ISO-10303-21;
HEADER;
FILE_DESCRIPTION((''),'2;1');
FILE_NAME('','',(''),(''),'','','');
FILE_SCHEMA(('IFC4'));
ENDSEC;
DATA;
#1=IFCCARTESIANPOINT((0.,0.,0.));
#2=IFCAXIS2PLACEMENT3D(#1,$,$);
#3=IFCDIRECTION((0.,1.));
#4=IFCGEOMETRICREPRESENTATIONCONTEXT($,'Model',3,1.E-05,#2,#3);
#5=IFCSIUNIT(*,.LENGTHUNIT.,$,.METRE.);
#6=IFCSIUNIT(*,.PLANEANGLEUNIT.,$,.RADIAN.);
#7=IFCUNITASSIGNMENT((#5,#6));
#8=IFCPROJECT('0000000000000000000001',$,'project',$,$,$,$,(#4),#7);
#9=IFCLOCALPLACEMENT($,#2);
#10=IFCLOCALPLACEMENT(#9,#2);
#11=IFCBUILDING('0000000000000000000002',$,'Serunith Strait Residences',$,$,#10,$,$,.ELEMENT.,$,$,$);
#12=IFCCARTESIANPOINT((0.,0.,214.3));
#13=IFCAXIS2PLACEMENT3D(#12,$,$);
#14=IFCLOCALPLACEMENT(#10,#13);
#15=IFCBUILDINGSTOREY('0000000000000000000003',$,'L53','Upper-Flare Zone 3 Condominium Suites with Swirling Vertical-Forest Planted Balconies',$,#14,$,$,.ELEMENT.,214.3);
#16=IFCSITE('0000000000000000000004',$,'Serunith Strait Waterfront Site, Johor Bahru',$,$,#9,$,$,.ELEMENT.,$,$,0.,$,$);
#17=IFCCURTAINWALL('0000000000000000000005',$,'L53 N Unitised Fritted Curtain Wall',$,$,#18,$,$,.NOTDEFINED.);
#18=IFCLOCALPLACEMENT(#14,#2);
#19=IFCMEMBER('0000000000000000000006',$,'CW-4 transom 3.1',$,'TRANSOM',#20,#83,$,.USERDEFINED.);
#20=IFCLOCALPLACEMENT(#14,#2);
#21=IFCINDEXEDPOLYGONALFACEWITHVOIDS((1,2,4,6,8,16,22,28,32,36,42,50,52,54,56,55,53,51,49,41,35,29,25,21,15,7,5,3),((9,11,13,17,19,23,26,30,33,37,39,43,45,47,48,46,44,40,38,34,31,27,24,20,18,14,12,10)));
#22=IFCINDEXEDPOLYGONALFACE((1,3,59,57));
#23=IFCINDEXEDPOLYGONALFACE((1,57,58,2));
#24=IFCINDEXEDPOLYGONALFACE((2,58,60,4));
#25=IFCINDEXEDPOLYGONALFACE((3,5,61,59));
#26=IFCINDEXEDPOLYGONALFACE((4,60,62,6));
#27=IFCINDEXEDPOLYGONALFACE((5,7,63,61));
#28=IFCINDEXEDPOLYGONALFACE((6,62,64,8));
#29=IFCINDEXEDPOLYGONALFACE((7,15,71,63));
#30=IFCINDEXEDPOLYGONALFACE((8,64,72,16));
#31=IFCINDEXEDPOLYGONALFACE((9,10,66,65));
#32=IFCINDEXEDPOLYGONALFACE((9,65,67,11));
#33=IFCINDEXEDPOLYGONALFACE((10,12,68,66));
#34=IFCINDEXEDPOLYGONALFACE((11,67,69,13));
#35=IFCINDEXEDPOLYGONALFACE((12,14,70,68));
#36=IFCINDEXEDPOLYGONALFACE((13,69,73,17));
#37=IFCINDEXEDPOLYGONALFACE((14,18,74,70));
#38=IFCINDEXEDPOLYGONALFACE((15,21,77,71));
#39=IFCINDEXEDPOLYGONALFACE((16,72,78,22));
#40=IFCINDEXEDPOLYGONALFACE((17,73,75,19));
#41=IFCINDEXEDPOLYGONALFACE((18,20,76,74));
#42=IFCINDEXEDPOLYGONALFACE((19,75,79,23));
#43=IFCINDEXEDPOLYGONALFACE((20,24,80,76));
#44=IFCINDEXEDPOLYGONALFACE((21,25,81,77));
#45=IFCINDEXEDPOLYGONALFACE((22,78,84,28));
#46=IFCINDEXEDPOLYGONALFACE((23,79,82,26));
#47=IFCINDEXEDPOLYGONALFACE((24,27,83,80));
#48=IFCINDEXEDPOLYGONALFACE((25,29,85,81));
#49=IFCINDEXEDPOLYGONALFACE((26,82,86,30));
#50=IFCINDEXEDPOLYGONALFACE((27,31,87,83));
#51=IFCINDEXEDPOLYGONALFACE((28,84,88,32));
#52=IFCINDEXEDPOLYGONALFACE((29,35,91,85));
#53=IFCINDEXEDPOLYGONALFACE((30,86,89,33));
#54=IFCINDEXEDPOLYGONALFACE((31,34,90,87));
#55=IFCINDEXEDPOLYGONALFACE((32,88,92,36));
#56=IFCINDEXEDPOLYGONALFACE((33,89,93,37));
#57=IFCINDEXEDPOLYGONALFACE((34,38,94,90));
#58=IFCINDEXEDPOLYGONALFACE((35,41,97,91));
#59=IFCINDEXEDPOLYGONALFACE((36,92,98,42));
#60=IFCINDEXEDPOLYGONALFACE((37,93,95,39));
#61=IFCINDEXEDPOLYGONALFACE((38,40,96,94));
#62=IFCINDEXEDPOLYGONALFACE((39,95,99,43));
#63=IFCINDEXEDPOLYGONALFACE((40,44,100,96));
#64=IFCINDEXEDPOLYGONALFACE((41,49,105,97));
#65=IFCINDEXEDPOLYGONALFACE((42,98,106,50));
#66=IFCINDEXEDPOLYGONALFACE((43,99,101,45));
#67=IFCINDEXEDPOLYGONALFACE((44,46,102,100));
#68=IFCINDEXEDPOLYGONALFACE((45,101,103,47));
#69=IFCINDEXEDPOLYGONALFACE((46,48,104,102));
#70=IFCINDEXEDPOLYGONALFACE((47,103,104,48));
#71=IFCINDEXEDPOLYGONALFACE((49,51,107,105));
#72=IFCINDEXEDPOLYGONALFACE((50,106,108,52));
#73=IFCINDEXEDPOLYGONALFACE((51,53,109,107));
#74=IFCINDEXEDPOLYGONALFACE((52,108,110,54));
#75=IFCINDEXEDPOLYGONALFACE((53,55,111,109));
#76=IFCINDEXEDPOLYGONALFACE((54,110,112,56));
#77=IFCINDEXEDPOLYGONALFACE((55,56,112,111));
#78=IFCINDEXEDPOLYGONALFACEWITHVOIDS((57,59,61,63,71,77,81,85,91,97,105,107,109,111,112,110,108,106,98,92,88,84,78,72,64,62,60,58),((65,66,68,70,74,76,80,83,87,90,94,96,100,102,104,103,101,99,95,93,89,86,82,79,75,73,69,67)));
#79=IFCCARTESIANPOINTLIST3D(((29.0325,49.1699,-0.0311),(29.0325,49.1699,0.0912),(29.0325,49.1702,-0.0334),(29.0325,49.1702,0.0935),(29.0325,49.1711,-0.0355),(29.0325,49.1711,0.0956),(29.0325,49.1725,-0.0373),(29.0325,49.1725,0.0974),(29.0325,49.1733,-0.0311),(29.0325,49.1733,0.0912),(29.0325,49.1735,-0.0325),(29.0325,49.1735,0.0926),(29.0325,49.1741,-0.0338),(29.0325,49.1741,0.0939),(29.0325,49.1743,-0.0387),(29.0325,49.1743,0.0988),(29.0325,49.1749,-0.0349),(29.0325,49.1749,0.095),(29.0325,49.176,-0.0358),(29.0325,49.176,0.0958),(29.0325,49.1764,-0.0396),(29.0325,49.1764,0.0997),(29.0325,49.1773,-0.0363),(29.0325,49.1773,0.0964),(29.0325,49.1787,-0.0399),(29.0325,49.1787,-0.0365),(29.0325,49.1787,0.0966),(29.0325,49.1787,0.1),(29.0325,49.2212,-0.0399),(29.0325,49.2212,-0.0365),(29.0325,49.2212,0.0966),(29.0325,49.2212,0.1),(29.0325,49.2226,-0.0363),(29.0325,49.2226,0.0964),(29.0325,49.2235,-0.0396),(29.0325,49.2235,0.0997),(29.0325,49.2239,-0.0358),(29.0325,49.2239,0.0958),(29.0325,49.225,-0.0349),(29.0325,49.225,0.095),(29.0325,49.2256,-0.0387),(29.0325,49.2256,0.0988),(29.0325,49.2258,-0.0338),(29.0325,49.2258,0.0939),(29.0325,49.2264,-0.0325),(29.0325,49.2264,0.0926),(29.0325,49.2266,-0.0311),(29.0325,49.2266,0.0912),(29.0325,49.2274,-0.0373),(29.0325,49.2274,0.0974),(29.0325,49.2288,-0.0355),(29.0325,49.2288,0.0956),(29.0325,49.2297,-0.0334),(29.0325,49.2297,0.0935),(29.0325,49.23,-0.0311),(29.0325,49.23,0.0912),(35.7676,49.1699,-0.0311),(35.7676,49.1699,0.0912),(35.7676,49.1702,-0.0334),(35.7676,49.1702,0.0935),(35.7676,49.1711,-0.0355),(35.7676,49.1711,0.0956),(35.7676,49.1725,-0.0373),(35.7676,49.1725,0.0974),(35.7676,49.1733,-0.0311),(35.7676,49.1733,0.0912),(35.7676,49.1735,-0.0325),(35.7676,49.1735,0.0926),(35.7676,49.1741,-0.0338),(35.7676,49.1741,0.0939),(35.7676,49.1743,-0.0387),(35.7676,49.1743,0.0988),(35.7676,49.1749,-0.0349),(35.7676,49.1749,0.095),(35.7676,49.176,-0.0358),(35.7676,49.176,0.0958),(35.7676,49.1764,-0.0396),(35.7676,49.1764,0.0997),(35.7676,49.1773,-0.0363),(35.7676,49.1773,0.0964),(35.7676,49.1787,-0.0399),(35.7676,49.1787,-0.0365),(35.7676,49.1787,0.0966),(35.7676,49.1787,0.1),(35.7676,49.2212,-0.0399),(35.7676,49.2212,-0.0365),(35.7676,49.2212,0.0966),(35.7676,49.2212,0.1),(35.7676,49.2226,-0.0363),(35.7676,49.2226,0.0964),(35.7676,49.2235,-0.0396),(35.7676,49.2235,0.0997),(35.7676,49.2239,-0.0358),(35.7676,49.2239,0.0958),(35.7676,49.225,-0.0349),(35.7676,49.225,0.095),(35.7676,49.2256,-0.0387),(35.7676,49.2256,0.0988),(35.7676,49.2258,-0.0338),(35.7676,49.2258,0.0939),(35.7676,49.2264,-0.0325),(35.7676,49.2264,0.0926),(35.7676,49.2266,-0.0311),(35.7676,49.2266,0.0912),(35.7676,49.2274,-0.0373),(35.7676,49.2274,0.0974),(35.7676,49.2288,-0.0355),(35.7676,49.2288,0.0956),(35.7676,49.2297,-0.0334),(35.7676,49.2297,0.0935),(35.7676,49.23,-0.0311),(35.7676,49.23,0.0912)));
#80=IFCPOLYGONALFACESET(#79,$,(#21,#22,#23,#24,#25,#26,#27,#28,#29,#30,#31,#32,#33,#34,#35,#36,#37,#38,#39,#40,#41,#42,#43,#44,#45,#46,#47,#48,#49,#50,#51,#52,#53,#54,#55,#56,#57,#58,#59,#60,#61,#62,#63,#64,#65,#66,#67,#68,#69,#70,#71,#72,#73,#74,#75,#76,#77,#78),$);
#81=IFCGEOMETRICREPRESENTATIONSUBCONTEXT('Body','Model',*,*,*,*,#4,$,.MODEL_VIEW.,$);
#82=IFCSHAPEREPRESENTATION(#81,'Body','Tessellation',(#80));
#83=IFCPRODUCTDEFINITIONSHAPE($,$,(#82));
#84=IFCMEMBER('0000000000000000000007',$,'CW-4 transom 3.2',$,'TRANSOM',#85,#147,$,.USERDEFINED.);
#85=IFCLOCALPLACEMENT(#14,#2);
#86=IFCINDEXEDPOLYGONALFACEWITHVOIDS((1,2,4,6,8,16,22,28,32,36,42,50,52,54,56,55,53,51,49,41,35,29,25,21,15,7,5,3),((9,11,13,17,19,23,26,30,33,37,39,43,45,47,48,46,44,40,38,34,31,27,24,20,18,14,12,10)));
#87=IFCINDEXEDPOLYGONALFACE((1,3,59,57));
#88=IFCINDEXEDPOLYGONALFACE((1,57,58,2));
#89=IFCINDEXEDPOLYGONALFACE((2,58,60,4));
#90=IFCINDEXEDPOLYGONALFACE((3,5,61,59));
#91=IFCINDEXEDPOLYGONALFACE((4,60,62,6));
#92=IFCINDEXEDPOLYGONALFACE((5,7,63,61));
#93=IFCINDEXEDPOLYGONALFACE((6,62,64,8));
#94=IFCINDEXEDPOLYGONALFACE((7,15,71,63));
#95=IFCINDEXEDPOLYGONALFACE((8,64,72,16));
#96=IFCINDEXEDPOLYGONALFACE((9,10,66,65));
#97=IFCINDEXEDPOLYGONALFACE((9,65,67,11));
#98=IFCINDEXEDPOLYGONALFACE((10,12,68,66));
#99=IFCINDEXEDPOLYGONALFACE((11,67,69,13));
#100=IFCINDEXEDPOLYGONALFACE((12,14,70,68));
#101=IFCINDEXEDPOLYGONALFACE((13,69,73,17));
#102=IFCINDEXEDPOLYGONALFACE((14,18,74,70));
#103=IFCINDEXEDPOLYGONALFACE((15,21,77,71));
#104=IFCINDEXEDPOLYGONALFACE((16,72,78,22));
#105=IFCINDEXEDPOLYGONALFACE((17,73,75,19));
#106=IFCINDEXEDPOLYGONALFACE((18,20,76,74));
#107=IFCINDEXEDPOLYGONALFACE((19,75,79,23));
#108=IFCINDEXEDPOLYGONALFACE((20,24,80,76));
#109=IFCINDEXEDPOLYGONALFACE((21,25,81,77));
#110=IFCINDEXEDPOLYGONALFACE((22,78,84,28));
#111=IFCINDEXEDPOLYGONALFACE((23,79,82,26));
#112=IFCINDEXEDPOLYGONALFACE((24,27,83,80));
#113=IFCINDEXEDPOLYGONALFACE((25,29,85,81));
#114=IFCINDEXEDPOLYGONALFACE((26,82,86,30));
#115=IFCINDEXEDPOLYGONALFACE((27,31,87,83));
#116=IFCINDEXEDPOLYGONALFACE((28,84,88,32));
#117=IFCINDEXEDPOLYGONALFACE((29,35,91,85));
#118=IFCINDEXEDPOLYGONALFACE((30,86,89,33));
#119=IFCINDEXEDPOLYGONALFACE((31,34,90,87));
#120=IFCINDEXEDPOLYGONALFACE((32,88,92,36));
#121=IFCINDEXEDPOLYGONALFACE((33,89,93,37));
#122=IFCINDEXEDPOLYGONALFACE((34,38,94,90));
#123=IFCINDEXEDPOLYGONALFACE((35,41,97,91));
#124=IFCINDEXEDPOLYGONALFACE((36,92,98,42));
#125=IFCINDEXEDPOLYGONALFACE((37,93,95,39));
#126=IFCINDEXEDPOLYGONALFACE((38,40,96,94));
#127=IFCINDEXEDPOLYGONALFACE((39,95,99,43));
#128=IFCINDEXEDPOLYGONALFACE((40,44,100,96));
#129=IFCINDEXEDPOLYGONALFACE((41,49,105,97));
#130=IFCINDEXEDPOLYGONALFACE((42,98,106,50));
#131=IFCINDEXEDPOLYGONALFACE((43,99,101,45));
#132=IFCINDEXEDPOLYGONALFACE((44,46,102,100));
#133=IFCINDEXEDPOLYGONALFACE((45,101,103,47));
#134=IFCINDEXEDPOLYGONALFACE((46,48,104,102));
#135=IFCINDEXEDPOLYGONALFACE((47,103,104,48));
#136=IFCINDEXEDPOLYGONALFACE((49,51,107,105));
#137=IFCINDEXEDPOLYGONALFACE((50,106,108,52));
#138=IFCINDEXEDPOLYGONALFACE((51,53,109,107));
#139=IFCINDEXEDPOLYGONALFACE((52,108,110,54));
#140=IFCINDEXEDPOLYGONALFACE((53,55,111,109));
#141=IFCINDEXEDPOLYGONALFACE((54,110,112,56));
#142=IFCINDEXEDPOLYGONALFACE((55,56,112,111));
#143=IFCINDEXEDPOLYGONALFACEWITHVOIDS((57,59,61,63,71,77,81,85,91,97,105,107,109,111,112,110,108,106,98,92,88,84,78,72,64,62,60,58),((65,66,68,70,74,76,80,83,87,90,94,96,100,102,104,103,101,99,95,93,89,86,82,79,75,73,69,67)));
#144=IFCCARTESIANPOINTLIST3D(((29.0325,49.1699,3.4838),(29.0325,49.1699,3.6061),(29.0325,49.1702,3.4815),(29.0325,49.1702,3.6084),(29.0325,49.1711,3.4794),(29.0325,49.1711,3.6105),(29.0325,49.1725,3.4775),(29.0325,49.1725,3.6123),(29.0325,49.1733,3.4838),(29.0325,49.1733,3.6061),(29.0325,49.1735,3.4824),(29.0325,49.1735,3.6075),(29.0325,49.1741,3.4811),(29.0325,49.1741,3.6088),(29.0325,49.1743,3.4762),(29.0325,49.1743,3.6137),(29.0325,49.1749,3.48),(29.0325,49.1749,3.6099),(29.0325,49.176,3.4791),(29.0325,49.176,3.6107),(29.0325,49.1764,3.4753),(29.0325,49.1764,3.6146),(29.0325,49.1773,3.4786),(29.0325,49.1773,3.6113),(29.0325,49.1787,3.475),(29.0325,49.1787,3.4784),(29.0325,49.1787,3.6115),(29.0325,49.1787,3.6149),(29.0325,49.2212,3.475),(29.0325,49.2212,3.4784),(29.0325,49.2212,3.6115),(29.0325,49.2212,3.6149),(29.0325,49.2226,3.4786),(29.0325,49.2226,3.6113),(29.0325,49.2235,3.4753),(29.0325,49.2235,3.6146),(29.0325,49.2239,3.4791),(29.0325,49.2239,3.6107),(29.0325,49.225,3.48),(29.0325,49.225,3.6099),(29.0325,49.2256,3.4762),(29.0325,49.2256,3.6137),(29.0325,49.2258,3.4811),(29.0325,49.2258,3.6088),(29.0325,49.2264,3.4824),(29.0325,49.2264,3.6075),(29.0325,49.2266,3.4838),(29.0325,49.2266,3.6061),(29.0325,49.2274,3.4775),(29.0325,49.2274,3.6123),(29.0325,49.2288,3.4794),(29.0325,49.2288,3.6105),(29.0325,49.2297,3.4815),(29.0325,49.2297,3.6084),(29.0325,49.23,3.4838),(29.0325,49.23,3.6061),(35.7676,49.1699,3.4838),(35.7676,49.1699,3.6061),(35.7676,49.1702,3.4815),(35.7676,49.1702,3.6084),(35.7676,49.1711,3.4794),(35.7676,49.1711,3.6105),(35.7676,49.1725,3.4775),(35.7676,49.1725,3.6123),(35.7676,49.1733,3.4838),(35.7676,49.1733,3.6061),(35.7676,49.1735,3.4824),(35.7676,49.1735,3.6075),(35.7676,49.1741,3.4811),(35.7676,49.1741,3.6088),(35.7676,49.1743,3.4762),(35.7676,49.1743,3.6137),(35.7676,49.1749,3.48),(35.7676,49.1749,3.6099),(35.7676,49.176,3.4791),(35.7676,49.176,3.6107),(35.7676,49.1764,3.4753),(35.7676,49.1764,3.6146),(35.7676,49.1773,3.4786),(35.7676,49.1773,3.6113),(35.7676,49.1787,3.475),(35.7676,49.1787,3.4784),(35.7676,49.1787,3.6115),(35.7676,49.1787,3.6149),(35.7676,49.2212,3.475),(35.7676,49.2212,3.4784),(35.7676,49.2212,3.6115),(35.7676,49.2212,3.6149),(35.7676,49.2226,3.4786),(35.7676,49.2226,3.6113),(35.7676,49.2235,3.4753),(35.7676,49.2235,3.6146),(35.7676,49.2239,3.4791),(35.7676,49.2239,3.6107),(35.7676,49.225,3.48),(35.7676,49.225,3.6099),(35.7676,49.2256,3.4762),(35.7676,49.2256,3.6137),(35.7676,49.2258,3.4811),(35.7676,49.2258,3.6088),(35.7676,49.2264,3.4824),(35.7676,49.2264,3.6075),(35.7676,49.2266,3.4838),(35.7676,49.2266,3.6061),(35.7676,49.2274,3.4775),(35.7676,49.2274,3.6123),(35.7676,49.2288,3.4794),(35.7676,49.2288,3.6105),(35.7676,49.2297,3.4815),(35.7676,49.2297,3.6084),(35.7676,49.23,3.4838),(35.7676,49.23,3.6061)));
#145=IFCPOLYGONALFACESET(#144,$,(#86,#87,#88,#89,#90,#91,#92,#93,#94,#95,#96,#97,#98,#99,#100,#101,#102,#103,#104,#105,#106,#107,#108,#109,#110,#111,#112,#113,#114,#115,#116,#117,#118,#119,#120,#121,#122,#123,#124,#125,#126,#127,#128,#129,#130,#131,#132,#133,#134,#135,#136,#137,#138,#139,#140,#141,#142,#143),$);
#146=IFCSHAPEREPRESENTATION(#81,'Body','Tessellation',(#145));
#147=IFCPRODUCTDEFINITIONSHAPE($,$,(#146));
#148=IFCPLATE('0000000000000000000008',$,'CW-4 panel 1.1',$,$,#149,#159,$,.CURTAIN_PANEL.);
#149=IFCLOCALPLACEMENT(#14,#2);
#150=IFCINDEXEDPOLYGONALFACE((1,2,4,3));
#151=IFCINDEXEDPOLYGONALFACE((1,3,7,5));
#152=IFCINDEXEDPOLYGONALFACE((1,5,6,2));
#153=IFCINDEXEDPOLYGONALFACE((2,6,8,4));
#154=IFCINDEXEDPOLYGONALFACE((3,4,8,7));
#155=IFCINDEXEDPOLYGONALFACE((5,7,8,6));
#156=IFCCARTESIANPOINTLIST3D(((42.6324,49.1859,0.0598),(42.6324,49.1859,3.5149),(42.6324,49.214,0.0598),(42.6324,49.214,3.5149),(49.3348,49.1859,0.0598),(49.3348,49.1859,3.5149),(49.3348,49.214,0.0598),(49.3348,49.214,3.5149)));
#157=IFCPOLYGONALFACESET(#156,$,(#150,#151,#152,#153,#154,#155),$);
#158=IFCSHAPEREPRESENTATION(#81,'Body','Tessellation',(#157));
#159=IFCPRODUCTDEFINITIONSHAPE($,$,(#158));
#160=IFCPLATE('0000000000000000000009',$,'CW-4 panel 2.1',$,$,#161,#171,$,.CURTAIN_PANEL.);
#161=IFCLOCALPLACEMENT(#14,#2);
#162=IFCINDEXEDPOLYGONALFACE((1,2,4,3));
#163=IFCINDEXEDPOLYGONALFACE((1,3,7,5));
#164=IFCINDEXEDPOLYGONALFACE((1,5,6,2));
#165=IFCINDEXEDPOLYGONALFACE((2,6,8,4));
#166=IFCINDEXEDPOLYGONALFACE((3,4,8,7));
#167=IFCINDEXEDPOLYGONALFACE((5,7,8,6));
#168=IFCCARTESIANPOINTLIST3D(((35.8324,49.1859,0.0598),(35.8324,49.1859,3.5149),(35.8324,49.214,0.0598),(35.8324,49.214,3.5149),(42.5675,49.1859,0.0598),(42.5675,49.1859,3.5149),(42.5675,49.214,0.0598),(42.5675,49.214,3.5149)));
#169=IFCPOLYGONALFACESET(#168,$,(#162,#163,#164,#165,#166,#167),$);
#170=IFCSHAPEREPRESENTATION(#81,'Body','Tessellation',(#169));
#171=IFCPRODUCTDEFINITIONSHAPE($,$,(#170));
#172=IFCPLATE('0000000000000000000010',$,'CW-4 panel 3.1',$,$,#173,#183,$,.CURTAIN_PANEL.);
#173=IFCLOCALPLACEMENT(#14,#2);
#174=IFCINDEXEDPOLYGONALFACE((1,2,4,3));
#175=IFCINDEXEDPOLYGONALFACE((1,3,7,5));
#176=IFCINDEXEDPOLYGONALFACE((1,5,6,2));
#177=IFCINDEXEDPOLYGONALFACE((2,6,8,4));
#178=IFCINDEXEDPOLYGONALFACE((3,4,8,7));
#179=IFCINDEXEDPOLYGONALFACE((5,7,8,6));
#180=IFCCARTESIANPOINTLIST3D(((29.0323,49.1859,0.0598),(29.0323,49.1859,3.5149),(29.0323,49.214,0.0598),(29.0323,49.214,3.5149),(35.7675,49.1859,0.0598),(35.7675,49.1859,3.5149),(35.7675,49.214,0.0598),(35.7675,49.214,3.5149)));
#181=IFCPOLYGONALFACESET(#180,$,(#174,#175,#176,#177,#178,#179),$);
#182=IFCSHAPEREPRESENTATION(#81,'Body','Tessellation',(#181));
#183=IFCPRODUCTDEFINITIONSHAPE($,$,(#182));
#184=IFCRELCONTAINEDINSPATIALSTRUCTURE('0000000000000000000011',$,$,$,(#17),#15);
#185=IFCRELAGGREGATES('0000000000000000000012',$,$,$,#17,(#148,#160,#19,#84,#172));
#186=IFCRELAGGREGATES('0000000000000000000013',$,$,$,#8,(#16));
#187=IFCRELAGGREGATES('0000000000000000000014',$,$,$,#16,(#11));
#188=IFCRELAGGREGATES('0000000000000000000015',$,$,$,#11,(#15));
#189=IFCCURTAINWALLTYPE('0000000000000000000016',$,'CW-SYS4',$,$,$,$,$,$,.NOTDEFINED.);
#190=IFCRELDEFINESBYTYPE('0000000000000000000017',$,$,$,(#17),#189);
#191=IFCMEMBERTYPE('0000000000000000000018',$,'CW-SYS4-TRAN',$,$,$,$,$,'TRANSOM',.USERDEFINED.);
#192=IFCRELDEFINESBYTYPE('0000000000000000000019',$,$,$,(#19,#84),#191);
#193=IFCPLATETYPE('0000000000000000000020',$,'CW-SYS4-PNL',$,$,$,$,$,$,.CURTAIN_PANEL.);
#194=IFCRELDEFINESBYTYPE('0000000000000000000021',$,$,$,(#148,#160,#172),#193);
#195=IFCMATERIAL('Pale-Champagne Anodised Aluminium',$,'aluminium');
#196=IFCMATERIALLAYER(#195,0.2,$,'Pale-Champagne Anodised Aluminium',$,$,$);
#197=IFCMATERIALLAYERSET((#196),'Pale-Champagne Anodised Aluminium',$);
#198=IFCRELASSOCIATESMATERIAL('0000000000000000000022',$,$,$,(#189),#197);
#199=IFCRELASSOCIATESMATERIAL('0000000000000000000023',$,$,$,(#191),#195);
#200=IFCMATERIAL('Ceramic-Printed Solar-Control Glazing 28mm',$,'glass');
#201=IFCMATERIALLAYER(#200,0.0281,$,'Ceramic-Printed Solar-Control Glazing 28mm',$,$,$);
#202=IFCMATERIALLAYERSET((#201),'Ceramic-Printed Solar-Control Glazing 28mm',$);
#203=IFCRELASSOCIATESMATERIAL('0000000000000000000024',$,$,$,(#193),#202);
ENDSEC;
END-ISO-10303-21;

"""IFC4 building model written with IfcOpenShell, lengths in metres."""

from ifc_helpers import new_model, si_unit, direction, frame, origin, origin_2d, place, context, subcontext, project, spatial, rectangle, hollow_rectangle, extrude, source, transform, mapped, material, layer, layer_set, material_profile, profile_set, type_object, element, aggregate, save


model = new_model("IFC4")

# Units and contexts
model_context = context("Model", 3, precision=1e-05, world=origin(), true_north=direction((0.0, 1.0)))
body_context = subcontext(model_context, "Body", "Model", "MODEL_VIEW")
ifc_project = project(units=[si_unit("LENGTHUNIT", "METRE"), si_unit("PLANEANGLEUNIT", "RADIAN")], contexts=[model_context])

# Site, building, storey
site_placement = place(None, origin())
site = spatial("IfcSite", under=ifc_project, at=site_placement, Name="Serunith Strait Waterfront Site, Johor Bahru", CompositionType="ELEMENT", RefElevation=0.0)
building_placement = place(site_placement, origin())
building = spatial("IfcBuilding", under=site, at=building_placement, Name="Serunith Strait Residences", CompositionType="ELEMENT")
storey_placement = place(building_placement, frame((0.0, 0.0, 214.3)))
storey = spatial("IfcBuildingStorey", under=building, at=storey_placement, Name="L53", Description="Upper-Flare Zone 3 Condominium Suites with Swirling Vertical-Forest Planted Balconies", CompositionType="ELEMENT", Elevation=214.3)

# Curtain wall, members, plates
ifc_material_1 = material(Name="Pale-Champagne Anodised Aluminium", Category="aluminium")
ifc_layer_1 = layer(ifc_material_1, 0.2, Name="Pale-Champagne Anodised Aluminium")
ifc_layer_set_1 = layer_set([ifc_layer_1], Name="Pale-Champagne Anodised Aluminium")
curtain_wall_type = type_object("IfcCurtainWallType", Name="CW-SYS4", PredefinedType="NOTDEFINED", material=ifc_layer_set_1)
curtain_wall_placement = place(storey_placement, origin())
curtain_wall = element("IfcCurtainWall", 1, at=curtain_wall_placement, inside=storey, type_object=curtain_wall_type, Name="L53 N Unitised Fritted Curtain Wall", PredefinedType="NOTDEFINED")
ifc_material_profile_1 = material_profile(ifc_material_1, hollow_rectangle(XDim=0.0601, YDim=0.1399, WallThickness=0.0034, InnerFilletRadius=0.0054, OuterFilletRadius=0.0088, at=origin_2d()), Name="ALU 140x60x3.5")
ifc_profile_set_1 = profile_set([ifc_material_profile_1], Name="Pale-Champagne Anodised Aluminium")
member_type_1 = type_object("IfcMemberType", Name="CW-SYS4-TRAN", ElementType="TRANSOM", PredefinedType="USERDEFINED", material=ifc_profile_set_1)
shared_shape_1 = source(origin(), body_context, "Body", "SweptSolid", [
    extrude(hollow_rectangle(XDim=0.0601, YDim=0.1399, WallThickness=0.0034, InnerFilletRadius=0.0054, OuterFilletRadius=0.0088, at=origin_2d()), origin(), (0.0, 0.0, 1.0), 6.7351),
])
member_1_placement = place(storey_placement, frame((35.7676, 49.2, 0.03), z_axis=(-1.0, 0.0, 0.0), x_axis=(0.0, -1.0, 0.0)))
member_1 = element("IfcMember", 2, at=member_1_placement, type_object=member_type_1, Name="CW-4 transom 3.1", ObjectType="TRANSOM", PredefinedType="USERDEFINED", context=body_context, shape_type="MappedRepresentation", body=[
    mapped(shared_shape_1, transform((0.0, 0.0, 0.0), scale=1.0)),
])
member_2_placement = place(storey_placement, frame((35.7676, 49.2, 3.5449), z_axis=(-1.0, 0.0, 0.0), x_axis=(0.0, -1.0, 0.0)))
member_2 = element("IfcMember", 3, at=member_2_placement, type_object=member_type_1, Name="CW-4 transom 3.2", ObjectType="TRANSOM", PredefinedType="USERDEFINED", context=body_context, shape_type="MappedRepresentation", body=[
    mapped(shared_shape_1, transform((0.0, 0.0, 0.0), scale=1.0)),
])
ifc_material_2 = material(Name="Ceramic-Printed Solar-Control Glazing 28mm", Category="glass")
ifc_layer_2 = layer(ifc_material_2, 0.0281, Name="Ceramic-Printed Solar-Control Glazing 28mm")
ifc_layer_set_2 = layer_set([ifc_layer_2], Name="Ceramic-Printed Solar-Control Glazing 28mm")
plate_type = type_object("IfcPlateType", Name="CW-SYS4-PNL", PredefinedType="CURTAIN_PANEL", material=ifc_layer_set_2)
shared_shape_2 = source(origin(), body_context, "Body", "SweptSolid", [
    extrude(rectangle(XDim=6.7024, YDim=0.0281, at=origin_2d()), origin(), (0.0, 0.0, 1.0), 3.4551),
])
plate_1_placement = place(storey_placement, frame((45.9836, 49.2, 0.0598), z_axis=(0.0, 0.0, 1.0), x_axis=(-1.0, 0.0, 0.0)))
plate_1 = element("IfcPlate", 4, at=plate_1_placement, type_object=plate_type, Name="CW-4 panel 1.1", PredefinedType="CURTAIN_PANEL", context=body_context, shape_type="MappedRepresentation", body=[
    mapped(shared_shape_2, transform((0.0, 0.0, 0.0), scale=1.0)),
])
shared_shape_3 = source(origin(), body_context, "Body", "SweptSolid", [
    extrude(rectangle(XDim=6.7351, YDim=0.0281, at=origin_2d()), origin(), (0.0, 0.0, 1.0), 3.4551),
])
plate_2_placement = place(storey_placement, frame((39.2, 49.2, 0.0598), z_axis=(0.0, 0.0, 1.0), x_axis=(-1.0, 0.0, 0.0)))
plate_2 = element("IfcPlate", 5, at=plate_2_placement, type_object=plate_type, Name="CW-4 panel 2.1", PredefinedType="CURTAIN_PANEL", context=body_context, shape_type="MappedRepresentation", body=[
    mapped(shared_shape_3, transform((0.0, 0.0, 0.0), scale=1.0)),
])
plate_3_placement = place(storey_placement, frame((32.3999, 49.2, 0.0598), z_axis=(0.0, 0.0, 1.0), x_axis=(-1.0, 0.0, 0.0)))
plate_3 = element("IfcPlate", 6, at=plate_3_placement, type_object=plate_type, Name="CW-4 panel 3.1", PredefinedType="CURTAIN_PANEL", context=body_context, shape_type="MappedRepresentation", body=[
    mapped(shared_shape_3, transform((0.0, 0.0, 0.0), scale=1.0)),
])
aggregate(curtain_wall, [plate_1, plate_2, member_1, member_2, plate_3])

save(model, "model.ifc")
